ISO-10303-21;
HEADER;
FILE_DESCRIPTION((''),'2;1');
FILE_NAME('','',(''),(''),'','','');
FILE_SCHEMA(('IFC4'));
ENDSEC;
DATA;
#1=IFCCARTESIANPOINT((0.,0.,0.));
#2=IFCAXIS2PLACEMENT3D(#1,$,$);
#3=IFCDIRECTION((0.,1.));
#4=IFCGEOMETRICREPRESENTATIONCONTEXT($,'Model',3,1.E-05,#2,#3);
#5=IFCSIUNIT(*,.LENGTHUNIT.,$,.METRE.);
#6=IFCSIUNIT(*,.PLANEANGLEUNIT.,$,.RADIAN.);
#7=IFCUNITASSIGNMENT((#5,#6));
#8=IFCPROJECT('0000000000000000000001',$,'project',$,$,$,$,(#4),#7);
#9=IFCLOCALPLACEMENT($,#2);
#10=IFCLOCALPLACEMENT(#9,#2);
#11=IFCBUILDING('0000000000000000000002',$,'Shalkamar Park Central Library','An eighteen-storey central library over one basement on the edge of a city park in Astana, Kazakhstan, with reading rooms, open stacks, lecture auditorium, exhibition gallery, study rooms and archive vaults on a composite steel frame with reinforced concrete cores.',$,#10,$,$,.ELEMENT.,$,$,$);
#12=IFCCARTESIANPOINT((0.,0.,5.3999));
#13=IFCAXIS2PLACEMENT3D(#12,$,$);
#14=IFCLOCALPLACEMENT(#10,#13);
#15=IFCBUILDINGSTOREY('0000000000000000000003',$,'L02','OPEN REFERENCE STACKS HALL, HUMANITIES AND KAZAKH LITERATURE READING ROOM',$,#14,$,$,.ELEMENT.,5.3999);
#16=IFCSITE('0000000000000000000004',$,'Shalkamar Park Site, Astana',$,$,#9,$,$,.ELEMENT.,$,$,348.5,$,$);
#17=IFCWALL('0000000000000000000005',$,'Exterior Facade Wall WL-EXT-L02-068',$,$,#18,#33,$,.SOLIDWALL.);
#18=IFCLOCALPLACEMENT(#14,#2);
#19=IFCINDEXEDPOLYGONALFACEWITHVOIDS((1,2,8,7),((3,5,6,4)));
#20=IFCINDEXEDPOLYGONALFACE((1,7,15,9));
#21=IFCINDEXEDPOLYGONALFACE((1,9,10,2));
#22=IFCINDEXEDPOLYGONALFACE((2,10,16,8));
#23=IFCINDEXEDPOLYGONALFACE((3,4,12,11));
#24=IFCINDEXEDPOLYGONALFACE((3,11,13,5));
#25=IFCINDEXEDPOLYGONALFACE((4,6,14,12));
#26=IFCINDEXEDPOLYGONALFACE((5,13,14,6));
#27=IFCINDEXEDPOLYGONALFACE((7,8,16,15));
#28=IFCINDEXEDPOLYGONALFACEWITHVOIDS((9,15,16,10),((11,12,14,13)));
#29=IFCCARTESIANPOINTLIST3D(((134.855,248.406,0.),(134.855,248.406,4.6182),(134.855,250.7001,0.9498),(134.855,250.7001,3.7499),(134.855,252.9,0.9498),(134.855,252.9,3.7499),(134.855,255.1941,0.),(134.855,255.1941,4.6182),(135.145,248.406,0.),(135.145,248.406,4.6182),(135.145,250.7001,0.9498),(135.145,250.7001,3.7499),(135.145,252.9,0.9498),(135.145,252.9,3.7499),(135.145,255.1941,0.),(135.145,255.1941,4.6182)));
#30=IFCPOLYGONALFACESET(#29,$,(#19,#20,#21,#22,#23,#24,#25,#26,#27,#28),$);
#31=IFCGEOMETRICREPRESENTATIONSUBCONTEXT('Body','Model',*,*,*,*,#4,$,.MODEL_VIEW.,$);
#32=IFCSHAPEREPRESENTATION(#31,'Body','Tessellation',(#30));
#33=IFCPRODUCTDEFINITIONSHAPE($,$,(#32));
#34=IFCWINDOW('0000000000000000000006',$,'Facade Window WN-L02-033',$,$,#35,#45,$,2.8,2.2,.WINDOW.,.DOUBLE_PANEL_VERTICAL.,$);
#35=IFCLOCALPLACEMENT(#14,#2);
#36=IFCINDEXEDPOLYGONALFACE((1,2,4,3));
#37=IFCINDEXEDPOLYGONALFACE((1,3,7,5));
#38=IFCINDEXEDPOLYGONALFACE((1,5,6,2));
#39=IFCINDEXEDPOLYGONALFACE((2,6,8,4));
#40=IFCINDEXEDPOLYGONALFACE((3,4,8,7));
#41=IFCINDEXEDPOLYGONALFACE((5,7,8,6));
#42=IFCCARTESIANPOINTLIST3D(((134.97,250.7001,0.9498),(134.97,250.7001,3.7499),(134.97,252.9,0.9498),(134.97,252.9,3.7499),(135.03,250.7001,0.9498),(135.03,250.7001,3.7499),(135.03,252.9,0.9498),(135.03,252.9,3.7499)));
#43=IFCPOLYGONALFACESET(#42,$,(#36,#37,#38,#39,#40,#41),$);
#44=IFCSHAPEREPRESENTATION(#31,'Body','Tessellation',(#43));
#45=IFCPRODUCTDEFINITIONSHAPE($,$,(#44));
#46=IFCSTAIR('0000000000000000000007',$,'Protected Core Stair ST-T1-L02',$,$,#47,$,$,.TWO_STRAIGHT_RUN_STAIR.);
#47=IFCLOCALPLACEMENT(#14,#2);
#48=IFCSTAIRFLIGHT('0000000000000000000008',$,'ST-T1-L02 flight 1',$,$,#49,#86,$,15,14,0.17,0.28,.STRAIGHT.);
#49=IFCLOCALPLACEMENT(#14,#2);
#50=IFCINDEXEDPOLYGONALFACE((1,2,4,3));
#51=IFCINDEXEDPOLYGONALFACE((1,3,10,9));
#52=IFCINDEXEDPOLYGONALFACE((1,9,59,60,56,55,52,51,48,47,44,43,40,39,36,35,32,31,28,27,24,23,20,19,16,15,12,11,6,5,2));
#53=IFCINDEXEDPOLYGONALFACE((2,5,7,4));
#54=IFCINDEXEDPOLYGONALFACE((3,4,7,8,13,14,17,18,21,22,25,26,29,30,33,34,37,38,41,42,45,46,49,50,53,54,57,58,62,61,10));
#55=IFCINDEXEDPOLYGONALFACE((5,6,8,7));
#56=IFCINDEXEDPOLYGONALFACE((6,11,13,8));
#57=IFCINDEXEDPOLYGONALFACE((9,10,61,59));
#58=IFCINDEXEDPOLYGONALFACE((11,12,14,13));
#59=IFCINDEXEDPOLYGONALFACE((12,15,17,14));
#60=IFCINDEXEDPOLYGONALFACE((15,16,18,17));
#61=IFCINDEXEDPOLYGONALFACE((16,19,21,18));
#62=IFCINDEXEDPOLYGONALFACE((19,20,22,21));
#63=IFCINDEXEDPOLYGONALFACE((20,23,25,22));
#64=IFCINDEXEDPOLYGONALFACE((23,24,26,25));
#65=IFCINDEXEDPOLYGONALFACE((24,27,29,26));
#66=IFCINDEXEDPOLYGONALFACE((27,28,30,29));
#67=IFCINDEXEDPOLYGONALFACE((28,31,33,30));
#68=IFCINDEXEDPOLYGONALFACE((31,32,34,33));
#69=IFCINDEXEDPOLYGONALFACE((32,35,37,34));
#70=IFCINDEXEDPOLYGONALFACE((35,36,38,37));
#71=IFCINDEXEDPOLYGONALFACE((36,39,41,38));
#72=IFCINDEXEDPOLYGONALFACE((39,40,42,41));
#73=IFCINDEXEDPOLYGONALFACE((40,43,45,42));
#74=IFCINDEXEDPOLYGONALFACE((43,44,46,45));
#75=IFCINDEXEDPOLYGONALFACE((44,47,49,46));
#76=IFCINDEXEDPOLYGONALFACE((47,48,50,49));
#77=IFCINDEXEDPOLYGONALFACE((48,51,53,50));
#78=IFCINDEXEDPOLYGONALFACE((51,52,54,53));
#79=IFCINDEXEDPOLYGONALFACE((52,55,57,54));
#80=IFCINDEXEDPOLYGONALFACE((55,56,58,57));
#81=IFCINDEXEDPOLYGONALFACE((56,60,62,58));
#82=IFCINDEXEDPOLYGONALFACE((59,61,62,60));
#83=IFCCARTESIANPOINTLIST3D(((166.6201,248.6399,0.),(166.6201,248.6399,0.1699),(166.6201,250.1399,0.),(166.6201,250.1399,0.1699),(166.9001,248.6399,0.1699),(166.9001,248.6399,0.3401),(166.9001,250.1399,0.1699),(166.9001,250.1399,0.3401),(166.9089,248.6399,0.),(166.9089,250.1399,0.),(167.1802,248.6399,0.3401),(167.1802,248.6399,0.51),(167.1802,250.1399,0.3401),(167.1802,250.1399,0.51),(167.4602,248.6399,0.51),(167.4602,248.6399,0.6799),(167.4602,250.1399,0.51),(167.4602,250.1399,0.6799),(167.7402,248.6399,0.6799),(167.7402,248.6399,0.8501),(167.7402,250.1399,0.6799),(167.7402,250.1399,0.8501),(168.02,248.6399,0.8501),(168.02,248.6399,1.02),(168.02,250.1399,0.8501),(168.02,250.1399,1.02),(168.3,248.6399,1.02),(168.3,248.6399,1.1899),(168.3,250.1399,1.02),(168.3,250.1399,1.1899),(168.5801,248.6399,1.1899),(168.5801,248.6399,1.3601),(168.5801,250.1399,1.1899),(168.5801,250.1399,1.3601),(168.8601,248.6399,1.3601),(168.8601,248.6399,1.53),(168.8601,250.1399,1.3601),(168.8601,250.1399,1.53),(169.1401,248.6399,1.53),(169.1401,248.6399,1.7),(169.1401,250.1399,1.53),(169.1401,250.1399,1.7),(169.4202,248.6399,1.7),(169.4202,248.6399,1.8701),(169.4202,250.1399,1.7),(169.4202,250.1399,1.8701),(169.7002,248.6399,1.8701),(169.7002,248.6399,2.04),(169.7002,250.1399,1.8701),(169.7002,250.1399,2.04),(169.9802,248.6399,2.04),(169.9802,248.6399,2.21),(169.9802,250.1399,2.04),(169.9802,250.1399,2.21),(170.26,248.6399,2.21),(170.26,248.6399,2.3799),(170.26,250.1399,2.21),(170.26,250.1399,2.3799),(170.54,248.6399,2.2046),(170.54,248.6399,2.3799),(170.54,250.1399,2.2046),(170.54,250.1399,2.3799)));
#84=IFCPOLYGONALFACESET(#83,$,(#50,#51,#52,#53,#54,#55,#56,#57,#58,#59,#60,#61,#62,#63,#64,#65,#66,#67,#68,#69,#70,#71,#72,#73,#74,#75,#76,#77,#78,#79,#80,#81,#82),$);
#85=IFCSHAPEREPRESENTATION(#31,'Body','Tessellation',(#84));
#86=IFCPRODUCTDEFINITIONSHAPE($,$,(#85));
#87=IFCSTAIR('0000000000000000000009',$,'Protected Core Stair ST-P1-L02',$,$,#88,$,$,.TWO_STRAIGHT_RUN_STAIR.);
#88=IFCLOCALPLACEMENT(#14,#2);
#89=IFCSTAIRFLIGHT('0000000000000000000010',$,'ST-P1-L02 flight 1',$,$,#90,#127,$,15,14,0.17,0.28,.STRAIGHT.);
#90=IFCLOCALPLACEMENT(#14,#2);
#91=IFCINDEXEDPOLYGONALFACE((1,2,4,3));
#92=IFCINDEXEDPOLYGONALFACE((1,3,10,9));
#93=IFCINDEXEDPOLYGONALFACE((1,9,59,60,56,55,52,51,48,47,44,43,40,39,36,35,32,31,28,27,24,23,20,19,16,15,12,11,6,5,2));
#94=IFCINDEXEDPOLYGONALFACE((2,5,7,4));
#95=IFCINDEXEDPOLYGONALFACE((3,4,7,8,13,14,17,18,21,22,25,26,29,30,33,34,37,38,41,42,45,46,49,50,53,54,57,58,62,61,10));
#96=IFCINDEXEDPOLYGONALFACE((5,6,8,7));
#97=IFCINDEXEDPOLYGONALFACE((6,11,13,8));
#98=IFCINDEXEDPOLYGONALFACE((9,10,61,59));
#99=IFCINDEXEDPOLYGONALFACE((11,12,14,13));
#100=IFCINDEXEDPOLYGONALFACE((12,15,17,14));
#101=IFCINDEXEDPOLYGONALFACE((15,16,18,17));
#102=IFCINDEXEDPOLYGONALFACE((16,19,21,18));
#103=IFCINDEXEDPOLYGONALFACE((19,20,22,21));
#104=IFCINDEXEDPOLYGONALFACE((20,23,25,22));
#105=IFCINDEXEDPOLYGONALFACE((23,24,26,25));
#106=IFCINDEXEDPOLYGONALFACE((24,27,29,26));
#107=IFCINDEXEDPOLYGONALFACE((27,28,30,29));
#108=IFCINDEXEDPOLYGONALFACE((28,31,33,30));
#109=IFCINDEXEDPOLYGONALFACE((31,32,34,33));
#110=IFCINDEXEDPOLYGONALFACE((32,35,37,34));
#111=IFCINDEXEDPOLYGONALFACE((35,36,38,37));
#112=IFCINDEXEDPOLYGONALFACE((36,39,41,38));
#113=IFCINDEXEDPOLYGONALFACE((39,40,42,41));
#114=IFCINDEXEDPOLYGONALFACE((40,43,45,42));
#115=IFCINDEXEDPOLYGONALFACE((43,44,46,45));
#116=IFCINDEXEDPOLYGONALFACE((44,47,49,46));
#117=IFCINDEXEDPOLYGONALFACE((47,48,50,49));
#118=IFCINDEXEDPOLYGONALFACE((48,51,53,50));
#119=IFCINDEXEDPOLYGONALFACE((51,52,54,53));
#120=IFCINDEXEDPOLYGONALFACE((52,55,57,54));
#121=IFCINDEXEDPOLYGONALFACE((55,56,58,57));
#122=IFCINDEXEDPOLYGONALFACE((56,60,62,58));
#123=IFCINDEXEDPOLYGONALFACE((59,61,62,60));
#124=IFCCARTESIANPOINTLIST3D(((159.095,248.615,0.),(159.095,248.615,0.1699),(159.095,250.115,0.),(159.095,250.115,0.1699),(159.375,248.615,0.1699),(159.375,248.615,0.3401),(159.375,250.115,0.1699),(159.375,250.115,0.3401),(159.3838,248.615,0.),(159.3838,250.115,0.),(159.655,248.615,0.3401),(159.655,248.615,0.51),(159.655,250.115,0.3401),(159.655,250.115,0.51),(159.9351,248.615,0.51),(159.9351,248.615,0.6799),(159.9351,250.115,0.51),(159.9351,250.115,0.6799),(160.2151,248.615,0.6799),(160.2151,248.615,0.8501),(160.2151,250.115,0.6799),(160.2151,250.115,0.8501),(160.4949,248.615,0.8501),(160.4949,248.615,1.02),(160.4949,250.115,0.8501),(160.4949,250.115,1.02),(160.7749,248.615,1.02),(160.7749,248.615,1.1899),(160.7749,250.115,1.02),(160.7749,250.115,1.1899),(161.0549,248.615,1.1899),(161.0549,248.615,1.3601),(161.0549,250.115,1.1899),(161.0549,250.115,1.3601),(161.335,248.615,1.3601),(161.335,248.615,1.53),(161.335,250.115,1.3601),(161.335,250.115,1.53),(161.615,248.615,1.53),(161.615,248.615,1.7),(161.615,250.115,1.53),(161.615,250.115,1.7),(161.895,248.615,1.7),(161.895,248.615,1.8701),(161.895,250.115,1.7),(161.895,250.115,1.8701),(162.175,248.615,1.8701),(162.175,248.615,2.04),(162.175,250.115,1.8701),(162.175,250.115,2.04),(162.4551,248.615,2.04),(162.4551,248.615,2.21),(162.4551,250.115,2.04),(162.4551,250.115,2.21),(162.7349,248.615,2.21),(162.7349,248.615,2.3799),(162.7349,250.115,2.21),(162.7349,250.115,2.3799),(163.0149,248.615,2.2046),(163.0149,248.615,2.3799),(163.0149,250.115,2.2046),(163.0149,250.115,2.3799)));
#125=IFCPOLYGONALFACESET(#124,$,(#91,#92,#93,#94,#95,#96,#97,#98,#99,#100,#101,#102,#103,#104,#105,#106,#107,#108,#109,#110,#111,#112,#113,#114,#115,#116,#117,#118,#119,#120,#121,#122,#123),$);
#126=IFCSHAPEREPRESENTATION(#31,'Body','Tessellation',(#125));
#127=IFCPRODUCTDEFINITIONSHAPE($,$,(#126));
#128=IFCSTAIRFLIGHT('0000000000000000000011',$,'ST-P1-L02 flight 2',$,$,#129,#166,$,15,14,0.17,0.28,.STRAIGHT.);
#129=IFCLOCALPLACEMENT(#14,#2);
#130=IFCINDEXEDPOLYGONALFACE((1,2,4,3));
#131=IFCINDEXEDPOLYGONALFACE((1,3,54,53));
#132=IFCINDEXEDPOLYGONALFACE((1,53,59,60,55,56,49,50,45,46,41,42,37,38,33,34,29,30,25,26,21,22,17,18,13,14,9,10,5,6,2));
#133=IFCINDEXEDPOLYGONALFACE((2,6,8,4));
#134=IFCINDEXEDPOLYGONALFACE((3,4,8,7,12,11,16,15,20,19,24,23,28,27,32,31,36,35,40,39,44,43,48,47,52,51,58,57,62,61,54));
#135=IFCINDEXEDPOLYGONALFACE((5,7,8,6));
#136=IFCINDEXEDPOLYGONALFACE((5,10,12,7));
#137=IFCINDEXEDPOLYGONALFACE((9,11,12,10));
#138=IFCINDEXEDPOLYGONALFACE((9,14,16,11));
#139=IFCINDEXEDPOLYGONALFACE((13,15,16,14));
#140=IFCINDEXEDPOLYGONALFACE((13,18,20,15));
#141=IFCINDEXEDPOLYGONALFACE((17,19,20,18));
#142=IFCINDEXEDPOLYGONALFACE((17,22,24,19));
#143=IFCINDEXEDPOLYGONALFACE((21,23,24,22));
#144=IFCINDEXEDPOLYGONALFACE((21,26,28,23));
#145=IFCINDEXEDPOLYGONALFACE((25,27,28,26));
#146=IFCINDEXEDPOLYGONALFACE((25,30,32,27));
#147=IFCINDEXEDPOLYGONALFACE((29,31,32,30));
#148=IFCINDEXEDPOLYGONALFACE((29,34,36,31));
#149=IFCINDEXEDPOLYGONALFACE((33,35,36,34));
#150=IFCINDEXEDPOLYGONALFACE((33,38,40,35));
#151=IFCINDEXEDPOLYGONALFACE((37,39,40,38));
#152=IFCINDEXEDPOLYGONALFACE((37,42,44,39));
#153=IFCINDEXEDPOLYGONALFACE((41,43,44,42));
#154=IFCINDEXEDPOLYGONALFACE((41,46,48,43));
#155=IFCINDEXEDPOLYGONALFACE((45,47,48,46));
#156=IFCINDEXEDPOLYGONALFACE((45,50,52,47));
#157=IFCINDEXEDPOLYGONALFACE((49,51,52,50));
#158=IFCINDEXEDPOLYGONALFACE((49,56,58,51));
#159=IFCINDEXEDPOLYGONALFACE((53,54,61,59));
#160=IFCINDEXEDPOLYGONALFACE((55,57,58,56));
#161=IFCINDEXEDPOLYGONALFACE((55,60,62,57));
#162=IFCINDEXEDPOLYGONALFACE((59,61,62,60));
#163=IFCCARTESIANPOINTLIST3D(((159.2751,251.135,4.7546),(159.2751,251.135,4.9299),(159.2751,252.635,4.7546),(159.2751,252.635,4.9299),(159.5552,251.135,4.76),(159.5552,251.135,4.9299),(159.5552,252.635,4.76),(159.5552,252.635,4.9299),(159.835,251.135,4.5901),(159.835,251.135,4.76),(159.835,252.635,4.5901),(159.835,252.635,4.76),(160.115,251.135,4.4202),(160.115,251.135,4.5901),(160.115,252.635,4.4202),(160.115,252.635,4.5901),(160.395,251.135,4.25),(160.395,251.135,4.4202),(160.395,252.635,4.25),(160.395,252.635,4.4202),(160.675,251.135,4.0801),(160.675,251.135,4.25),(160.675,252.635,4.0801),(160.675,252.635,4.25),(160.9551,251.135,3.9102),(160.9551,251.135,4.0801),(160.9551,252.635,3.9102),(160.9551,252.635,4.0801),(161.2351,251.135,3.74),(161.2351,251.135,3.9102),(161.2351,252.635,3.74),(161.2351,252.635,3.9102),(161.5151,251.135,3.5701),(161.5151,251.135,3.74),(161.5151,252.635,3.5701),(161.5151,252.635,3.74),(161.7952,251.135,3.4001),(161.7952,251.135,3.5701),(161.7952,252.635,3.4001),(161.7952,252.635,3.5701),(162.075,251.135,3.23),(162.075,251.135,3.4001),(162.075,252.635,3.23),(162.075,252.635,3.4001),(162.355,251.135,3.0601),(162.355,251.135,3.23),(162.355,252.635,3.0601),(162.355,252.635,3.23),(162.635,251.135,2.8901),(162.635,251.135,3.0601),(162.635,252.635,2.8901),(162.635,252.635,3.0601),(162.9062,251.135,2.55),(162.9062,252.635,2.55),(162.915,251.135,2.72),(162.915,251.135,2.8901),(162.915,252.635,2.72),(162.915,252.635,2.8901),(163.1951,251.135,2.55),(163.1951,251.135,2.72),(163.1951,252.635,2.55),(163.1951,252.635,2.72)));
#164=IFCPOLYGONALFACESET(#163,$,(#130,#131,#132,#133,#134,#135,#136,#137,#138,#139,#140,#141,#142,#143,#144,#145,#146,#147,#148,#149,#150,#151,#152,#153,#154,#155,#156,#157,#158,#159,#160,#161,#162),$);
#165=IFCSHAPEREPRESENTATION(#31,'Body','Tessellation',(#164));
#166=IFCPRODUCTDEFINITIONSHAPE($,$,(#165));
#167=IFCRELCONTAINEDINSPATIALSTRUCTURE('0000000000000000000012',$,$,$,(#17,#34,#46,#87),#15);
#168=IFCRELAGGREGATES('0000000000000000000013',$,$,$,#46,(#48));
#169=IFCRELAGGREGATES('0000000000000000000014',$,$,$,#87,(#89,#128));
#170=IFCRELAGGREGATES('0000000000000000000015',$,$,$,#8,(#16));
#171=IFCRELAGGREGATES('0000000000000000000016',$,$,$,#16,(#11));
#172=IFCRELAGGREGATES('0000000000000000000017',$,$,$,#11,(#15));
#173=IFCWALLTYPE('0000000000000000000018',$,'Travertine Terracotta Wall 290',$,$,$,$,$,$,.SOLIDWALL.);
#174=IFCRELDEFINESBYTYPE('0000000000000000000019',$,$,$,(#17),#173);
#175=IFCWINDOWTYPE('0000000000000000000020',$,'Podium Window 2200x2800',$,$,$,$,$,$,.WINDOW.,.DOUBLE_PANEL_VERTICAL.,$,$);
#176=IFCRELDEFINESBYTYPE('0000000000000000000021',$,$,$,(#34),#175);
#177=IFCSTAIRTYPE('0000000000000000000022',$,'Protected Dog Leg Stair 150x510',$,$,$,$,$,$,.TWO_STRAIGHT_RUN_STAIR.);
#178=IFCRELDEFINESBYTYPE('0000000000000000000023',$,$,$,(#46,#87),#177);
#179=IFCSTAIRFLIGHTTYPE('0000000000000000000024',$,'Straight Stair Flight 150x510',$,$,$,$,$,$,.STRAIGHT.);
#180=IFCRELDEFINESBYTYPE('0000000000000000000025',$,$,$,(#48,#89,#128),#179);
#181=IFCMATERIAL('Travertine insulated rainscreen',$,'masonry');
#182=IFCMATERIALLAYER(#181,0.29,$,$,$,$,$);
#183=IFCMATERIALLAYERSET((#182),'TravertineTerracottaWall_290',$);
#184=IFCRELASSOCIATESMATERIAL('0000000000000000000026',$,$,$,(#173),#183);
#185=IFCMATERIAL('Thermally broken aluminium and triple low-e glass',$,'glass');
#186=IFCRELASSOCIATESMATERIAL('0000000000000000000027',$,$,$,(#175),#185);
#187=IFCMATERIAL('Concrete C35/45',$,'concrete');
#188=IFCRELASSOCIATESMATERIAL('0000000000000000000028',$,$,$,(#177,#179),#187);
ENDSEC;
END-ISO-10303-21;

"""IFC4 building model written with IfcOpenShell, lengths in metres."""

from ifc_helpers import new_model, si_unit, direction, frame, frame_2d, origin, place, context, subcontext, project, spatial, polyline, rectangle, outline, extrude, material, layer, layer_set, type_object, element, fill, aggregate, save


model = new_model("IFC4")

# Units and contexts
model_context = context("Model", 3, precision=1e-05, world=origin(), true_north=direction((0.0, 1.0)))
body_context = subcontext(model_context, "Body", "Model", "MODEL_VIEW")
ifc_project = project(units=[si_unit("LENGTHUNIT", "METRE"), si_unit("PLANEANGLEUNIT", "RADIAN")], contexts=[model_context])

# Site, building, storey
site_placement = place(None, origin())
site = spatial("IfcSite", under=ifc_project, at=site_placement, Name="Shalkamar Park Site, Astana", CompositionType="ELEMENT", RefElevation=348.5)
building_placement = place(site_placement, origin())
building = spatial("IfcBuilding", under=site, at=building_placement, Name="Shalkamar Park Central Library", Description="An eighteen-storey central library over one basement on the edge of a city park in Astana, Kazakhstan, with reading rooms, open stacks, lecture auditorium, exhibition gallery, study rooms and archive vaults on a composite steel frame with reinforced concrete cores.", CompositionType="ELEMENT")
storey_placement = place(building_placement, frame((0.0, 0.0, 5.3999)))
storey = spatial("IfcBuildingStorey", under=building, at=storey_placement, Name="L02", Description="OPEN REFERENCE STACKS HALL, HUMANITIES AND KAZAKH LITERATURE READING ROOM", CompositionType="ELEMENT", Elevation=5.3999)

# Wall, opening, window
ifc_material_1 = material(Name="Travertine insulated rainscreen", Category="masonry")
ifc_layer_1 = layer(ifc_material_1, 0.29)
ifc_layer_set_1 = layer_set([ifc_layer_1], Name="TravertineTerracottaWall_290")
wall_type_1 = type_object("IfcWallType", Name="Travertine Terracotta Wall 290", PredefinedType="SOLIDWALL", material=ifc_layer_set_1)
wall_1_placement = place(storey_placement, frame((135.0, 248.406, 0.0), z_axis=(0.0, 0.0, 1.0), x_axis=(0.0, 1.0, 0.0)))
wall_1 = element("IfcWall", 1, at=wall_1_placement, inside=storey, type_object=wall_type_1, Name="Exterior Facade Wall WL-EXT-L02-068", PredefinedType="SOLIDWALL", context=body_context, shape_type="SweptSolid", body=[
    extrude(rectangle(XDim=6.7881, YDim=0.29, at=frame_2d((3.394, 0.0))), origin(), (0.0, 0.0, 1.0), 4.6182),
])
opening_1_placement = place(wall_1_placement, frame((2.2939, 0.0, 0.95)))
opening_1 = element("IfcOpeningElement", 2, at=opening_1_placement, cuts=wall_1, PredefinedType="OPENING", context=body_context, shape_type="SweptSolid", body=[
    extrude(rectangle(XDim=2.2, YDim=2.8, at=frame_2d((1.1001, 1.3999))), frame((0.0, 0.1599, 0.0), z_axis=(0.0, -1.0, 0.0), x_axis=(1.0, 0.0, 0.0)), (0.0, 0.0, 1.0), 0.3198),
])
ifc_material_2 = material(Name="Thermally broken aluminium and triple low-e glass", Category="glass")
window_type = type_object("IfcWindowType", Name="Podium Window 2200x2800", PartitioningType="DOUBLE_PANEL_VERTICAL", PredefinedType="WINDOW", material=ifc_material_2)
window_placement = place(opening_1_placement, origin())
window = element("IfcWindow", 3, at=window_placement, inside=storey, type_object=window_type, Name="Facade Window WN-L02-033", OverallHeight=2.8, OverallWidth=2.2, PartitioningType="DOUBLE_PANEL_VERTICAL", PredefinedType="WINDOW", context=body_context, shape_type="SweptSolid", body=[
    extrude(rectangle(XDim=2.2, YDim=2.8, at=frame_2d((1.1001, 1.3999))), frame((0.0, 0.03, 0.0), z_axis=(0.0, -1.0, 0.0), x_axis=(1.0, 0.0, 0.0)), (0.0, 0.0, 1.0), 0.0601),
])
fill(opening_1, window)

# Stair, stair flight
ifc_material_3 = material(Name="Concrete C35/45", Category="concrete")
stair_type = type_object("IfcStairType", Name="Protected Dog Leg Stair 150x510", PredefinedType="TWO_STRAIGHT_RUN_STAIR", material=ifc_material_3)
stair_1_placement = place(storey_placement, origin())
stair_1 = element("IfcStair", 4, at=stair_1_placement, inside=storey, type_object=stair_type, Name="Protected Core Stair ST-T1-L02", PredefinedType="TWO_STRAIGHT_RUN_STAIR")
stair_flight_type = type_object("IfcStairFlightType", Name="Straight Stair Flight 150x510", PredefinedType="STRAIGHT", material=ifc_material_3)
stair_flight_1_placement = place(storey_placement, frame((166.6201, 249.3899, 0.0), z_axis=(0.0, 0.0, 1.0), x_axis=(1.0, 0.0, 0.0)))
stair_flight_1 = element("IfcStairFlight", 5, at=stair_flight_1_placement, type_object=stair_flight_type, Name="ST-T1-L02 flight 1", NumberOfRisers=15, NumberOfTreads=14, PredefinedType="STRAIGHT", RiserHeight=0.17, TreadLength=0.28, context=body_context, shape_type="SweptSolid", body=[
    extrude(outline(polyline([(0.0, 0.0), (0.0, 0.1699), (0.28, 0.1699), (0.28, 0.3401), (0.5601, 0.3401), (0.5601, 0.51), (0.8401, 0.51), (0.8401, 0.6799), (1.1201, 0.6799), (1.1201, 0.8501), (1.3999, 0.8501), (1.3999, 1.02), (1.6799, 1.02), (1.6799, 1.1899), (1.96, 1.1899), (1.96, 1.3601), (2.24, 1.3601), (2.24, 1.53), (2.52, 1.53), (2.52, 1.7), (2.8, 1.7), (2.8, 1.8701), (3.0801, 1.8701), (3.0801, 2.04), (3.3601, 2.04), (3.3601, 2.21), (3.6399, 2.21), (3.6399, 2.3799), (3.9199, 2.3799), (3.9199, 2.55), (3.9199, 2.2046), (0.2888, 0.0), (0.0, 0.0)])), frame((0.0, 0.75, 0.0), z_axis=(0.0, -1.0, 0.0), x_axis=(1.0, 0.0, 0.0)), (0.0, 0.0, 1.0), 1.5),
])
aggregate(stair_1, [stair_flight_1])

# Stair, stair flights
stair_2_placement = place(storey_placement, origin())
stair_2 = element("IfcStair", 6, at=stair_2_placement, inside=storey, type_object=stair_type, Name="Protected Core Stair ST-P1-L02", PredefinedType="TWO_STRAIGHT_RUN_STAIR")
stair_flight_2_placement = place(storey_placement, frame((159.095, 249.365, 0.0), z_axis=(0.0, 0.0, 1.0), x_axis=(1.0, 0.0, 0.0)))
stair_flight_2 = element("IfcStairFlight", 7, at=stair_flight_2_placement, type_object=stair_flight_type, Name="ST-P1-L02 flight 1", NumberOfRisers=15, NumberOfTreads=14, PredefinedType="STRAIGHT", RiserHeight=0.17, TreadLength=0.28, context=body_context, shape_type="SweptSolid", body=[
    extrude(outline(polyline([(0.0, 0.0), (0.0, 0.1699), (0.28, 0.1699), (0.28, 0.3401), (0.5601, 0.3401), (0.5601, 0.51), (0.8401, 0.51), (0.8401, 0.6799), (1.1201, 0.6799), (1.1201, 0.8501), (1.3999, 0.8501), (1.3999, 1.02), (1.6799, 1.02), (1.6799, 1.1899), (1.96, 1.1899), (1.96, 1.3601), (2.24, 1.3601), (2.24, 1.53), (2.52, 1.53), (2.52, 1.7), (2.8, 1.7), (2.8, 1.8701), (3.0801, 1.8701), (3.0801, 2.04), (3.3601, 2.04), (3.3601, 2.21), (3.6399, 2.21), (3.6399, 2.3799), (3.9199, 2.3799), (3.9199, 2.55), (3.9199, 2.2046), (0.2888, 0.0), (0.0, 0.0)])), frame((0.0, 0.75, 0.0), z_axis=(0.0, -1.0, 0.0), x_axis=(1.0, 0.0, 0.0)), (0.0, 0.0, 1.0), 1.5),
])
stair_flight_3_placement = place(storey_placement, frame((163.1951, 251.885, 2.55), z_axis=(0.0, 0.0, 1.0), x_axis=(-1.0, 0.0, 0.0)))
stair_flight_3 = element("IfcStairFlight", 8, at=stair_flight_3_placement, type_object=stair_flight_type, Name="ST-P1-L02 flight 2", NumberOfRisers=15, NumberOfTreads=14, PredefinedType="STRAIGHT", RiserHeight=0.17, TreadLength=0.28, context=body_context, shape_type="SweptSolid", body=[
    extrude(outline(polyline([(0.0, 0.0), (0.0, 0.1699), (0.28, 0.1699), (0.28, 0.3401), (0.5601, 0.3401), (0.5601, 0.51), (0.8401, 0.51), (0.8401, 0.6799), (1.1201, 0.6799), (1.1201, 0.8501), (1.3999, 0.8501), (1.3999, 1.02), (1.6799, 1.02), (1.6799, 1.1899), (1.96, 1.1899), (1.96, 1.3601), (2.24, 1.3601), (2.24, 1.53), (2.52, 1.53), (2.52, 1.7), (2.8, 1.7), (2.8, 1.8701), (3.0801, 1.8701), (3.0801, 2.04), (3.3601, 2.04), (3.3601, 2.21), (3.6399, 2.21), (3.6399, 2.3799), (3.9199, 2.3799), (3.9199, 2.55), (3.9199, 2.2046), (0.2888, 0.0), (0.0, 0.0)])), frame((0.0, 0.75, 0.0), z_axis=(0.0, -1.0, 0.0), x_axis=(1.0, 0.0, 0.0)), (0.0, 0.0, 1.0), 1.5),
])
aggregate(stair_2, [stair_flight_2, stair_flight_3])

save(model, "model.ifc")
